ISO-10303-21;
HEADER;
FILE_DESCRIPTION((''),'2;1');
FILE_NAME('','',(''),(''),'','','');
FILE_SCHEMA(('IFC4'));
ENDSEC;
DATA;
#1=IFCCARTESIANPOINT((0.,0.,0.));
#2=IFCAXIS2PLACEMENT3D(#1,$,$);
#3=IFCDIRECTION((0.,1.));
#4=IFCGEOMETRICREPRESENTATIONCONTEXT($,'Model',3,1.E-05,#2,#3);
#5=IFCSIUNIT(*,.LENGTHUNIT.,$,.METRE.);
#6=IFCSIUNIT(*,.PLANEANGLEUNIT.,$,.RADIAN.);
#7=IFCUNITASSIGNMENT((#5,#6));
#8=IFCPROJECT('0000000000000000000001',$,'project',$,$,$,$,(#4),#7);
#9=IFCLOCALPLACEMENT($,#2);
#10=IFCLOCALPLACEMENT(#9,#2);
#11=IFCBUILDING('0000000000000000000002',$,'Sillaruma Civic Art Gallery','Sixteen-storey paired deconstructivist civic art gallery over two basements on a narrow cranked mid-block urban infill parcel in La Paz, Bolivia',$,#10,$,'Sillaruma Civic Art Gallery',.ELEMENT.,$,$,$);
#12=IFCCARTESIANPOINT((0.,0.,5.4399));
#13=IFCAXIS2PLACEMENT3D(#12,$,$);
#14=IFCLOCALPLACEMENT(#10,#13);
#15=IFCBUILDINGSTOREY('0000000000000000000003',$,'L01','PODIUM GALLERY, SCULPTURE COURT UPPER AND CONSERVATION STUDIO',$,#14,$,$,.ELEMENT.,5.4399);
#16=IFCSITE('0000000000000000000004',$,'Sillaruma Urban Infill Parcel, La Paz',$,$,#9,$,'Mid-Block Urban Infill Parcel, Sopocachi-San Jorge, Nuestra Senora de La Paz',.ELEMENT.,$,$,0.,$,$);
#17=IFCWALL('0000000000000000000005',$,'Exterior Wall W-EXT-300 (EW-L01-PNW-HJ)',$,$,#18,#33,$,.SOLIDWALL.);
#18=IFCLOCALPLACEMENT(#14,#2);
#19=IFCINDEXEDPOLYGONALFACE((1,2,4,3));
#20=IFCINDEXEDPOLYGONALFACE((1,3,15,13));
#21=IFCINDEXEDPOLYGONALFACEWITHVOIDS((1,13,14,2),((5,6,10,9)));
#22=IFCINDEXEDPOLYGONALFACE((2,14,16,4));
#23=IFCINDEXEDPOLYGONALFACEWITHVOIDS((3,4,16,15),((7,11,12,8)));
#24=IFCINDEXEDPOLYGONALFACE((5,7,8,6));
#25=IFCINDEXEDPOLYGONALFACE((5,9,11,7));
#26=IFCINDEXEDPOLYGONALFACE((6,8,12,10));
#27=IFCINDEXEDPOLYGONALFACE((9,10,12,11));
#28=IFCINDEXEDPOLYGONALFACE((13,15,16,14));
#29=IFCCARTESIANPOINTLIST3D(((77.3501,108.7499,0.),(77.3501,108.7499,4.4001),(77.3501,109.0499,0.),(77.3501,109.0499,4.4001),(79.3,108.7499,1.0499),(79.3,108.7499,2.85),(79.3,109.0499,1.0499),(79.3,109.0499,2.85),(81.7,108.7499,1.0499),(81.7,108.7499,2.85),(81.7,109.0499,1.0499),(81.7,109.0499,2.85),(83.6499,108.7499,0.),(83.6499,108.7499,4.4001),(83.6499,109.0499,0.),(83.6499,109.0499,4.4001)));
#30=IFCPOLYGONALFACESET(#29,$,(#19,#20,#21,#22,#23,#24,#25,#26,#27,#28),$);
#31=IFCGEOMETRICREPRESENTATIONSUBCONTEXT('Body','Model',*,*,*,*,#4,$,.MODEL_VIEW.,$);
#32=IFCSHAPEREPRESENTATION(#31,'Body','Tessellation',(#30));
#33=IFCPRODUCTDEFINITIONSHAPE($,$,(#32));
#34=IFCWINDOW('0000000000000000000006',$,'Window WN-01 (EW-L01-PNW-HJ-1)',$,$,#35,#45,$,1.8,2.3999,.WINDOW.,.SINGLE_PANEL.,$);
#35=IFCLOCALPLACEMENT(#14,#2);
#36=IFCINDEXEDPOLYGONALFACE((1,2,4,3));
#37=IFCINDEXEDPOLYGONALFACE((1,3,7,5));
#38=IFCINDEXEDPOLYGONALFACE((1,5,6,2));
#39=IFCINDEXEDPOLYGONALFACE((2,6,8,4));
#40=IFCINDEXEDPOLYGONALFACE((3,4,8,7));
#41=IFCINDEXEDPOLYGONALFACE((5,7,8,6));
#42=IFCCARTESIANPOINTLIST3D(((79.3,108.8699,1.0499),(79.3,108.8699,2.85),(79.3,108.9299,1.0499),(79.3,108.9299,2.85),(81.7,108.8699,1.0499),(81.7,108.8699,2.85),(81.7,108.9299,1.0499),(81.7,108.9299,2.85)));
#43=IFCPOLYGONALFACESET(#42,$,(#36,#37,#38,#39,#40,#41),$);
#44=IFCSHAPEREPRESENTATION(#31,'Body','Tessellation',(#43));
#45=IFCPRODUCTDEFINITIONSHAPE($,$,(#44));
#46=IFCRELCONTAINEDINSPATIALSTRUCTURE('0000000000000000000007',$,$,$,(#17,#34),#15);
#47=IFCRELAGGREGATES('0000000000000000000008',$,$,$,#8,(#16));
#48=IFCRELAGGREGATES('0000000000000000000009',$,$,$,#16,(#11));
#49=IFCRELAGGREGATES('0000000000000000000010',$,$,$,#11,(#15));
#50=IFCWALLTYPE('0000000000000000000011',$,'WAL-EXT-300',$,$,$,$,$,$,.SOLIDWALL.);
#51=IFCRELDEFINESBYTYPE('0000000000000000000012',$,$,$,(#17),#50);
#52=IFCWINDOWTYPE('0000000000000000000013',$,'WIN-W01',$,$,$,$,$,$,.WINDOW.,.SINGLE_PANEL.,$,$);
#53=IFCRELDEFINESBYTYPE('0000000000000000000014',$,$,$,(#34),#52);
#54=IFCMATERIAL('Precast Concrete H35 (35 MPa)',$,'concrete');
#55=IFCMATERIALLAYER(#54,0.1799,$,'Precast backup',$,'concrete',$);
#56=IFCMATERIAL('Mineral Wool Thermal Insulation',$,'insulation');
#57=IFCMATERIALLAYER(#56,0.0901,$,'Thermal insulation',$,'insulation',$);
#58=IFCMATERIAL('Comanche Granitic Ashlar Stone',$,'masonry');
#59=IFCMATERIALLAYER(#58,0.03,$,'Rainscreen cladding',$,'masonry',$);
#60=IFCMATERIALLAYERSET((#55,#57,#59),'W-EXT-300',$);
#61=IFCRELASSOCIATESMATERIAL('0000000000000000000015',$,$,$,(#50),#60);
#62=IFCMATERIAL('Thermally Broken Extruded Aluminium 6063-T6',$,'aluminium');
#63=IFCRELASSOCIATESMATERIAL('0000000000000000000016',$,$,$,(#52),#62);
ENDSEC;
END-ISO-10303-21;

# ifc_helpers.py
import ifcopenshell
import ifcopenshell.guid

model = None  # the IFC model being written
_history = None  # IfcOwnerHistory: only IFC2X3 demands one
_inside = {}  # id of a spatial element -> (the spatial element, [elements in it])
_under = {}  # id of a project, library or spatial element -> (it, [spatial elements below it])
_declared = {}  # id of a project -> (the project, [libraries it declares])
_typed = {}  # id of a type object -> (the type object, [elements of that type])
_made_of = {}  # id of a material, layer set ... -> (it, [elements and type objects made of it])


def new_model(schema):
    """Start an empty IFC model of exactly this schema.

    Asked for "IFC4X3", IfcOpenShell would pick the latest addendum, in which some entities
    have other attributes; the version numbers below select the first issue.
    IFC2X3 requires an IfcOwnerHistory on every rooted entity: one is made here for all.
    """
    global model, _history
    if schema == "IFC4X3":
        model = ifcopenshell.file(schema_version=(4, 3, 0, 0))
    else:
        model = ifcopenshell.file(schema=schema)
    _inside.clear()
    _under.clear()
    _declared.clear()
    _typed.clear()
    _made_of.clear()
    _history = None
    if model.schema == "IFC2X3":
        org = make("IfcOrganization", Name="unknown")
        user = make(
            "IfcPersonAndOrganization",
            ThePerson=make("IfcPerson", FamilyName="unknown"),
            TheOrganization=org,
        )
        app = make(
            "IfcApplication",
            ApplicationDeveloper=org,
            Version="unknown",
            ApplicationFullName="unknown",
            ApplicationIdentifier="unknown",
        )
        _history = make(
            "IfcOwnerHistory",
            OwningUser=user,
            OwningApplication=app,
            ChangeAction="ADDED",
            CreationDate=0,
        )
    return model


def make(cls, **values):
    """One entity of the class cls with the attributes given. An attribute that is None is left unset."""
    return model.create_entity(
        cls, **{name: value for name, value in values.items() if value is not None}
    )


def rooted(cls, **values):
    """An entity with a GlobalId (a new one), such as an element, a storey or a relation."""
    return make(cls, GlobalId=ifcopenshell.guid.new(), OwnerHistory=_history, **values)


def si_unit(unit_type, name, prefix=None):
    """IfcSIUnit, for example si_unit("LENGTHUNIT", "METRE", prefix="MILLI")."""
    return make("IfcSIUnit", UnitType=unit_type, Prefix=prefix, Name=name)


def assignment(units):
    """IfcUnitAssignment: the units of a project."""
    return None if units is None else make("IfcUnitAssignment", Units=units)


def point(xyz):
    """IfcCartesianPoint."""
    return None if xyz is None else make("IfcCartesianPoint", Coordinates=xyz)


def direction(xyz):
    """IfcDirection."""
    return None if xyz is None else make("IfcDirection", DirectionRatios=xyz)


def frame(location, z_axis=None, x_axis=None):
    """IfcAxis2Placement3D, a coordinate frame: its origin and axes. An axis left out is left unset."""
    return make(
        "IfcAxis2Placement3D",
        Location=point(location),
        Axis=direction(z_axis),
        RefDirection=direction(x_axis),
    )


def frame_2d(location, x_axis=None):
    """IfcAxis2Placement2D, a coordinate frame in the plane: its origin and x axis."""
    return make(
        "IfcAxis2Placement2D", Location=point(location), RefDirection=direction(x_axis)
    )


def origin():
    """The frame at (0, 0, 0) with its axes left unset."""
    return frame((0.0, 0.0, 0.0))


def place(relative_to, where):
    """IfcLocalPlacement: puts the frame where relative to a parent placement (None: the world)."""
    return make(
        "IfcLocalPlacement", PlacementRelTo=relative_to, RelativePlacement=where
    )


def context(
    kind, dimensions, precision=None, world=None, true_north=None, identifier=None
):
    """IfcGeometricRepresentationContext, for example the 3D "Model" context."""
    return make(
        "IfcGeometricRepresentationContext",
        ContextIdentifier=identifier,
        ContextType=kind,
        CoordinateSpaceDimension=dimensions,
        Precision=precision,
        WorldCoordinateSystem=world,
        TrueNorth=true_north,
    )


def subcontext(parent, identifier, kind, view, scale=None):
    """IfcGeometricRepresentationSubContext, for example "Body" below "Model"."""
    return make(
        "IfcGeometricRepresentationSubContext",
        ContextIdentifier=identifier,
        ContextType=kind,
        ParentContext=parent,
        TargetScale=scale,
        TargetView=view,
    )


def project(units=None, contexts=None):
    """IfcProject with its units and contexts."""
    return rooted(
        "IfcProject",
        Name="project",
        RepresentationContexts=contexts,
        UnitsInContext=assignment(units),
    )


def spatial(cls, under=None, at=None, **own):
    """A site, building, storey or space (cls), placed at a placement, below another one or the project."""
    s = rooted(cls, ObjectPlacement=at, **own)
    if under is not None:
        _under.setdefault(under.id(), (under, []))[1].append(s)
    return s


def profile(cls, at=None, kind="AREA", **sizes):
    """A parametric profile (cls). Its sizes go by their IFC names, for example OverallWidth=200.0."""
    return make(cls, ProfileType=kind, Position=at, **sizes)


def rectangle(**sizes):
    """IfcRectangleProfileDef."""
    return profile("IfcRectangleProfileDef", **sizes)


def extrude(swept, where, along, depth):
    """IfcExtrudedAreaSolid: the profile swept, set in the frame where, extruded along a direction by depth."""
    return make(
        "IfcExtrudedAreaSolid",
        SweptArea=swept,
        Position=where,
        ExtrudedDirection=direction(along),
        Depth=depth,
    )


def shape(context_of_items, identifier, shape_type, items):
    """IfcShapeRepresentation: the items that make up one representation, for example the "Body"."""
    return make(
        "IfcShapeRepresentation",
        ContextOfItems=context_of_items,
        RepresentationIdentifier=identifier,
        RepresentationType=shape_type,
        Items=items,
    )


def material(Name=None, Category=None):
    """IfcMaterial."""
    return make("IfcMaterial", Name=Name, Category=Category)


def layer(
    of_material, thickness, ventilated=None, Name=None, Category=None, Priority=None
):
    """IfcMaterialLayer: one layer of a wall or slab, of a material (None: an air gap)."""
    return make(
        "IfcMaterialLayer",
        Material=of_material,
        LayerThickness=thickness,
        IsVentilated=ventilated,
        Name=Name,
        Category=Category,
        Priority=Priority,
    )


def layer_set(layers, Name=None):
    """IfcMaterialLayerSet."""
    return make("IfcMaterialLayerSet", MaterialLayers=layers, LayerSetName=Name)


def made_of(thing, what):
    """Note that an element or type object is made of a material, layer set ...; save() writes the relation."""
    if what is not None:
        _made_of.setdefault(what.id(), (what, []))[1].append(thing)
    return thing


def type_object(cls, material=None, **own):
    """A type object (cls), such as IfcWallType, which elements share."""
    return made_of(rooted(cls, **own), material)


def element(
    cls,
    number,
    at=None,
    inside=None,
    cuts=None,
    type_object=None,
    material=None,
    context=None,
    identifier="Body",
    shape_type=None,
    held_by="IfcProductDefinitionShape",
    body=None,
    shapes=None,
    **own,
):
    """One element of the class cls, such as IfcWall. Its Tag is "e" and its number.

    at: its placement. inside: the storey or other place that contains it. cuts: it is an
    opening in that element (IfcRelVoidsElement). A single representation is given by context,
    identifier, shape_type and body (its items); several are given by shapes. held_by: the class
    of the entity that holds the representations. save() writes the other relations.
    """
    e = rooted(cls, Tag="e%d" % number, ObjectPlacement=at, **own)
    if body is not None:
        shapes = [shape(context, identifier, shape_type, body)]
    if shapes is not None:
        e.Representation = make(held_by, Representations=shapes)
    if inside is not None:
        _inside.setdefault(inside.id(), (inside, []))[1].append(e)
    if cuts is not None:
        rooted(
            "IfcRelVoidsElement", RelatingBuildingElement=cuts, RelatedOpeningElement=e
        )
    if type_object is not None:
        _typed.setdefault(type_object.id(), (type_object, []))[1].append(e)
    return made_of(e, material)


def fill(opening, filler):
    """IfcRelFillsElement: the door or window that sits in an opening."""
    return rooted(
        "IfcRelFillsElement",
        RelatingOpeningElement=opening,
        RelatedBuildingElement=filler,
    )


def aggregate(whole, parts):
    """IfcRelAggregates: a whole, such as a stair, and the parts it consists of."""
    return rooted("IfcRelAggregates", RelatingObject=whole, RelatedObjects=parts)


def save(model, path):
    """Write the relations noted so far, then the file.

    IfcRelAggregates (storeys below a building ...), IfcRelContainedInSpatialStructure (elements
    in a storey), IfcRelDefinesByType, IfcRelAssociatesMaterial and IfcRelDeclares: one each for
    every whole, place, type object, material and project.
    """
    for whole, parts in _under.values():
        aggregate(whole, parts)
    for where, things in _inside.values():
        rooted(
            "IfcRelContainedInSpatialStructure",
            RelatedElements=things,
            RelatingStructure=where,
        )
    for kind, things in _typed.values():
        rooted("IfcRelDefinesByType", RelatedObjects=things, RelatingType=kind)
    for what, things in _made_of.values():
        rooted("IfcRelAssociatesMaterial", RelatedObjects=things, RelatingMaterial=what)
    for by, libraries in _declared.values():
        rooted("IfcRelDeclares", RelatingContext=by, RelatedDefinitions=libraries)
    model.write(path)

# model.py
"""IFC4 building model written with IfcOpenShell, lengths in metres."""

from ifc_helpers import new_model, si_unit, direction, frame, frame_2d, origin, place, context, subcontext, project, spatial, rectangle, extrude, material, layer, layer_set, type_object, element, fill, save


model = new_model("IFC4")

# Units and contexts
model_context = context("Model", 3, precision=1e-05, world=origin(), true_north=direction((0.0, 1.0)))
body_context = subcontext(model_context, "Body", "Model", "MODEL_VIEW")
ifc_project = project(units=[si_unit("LENGTHUNIT", "METRE"), si_unit("PLANEANGLEUNIT", "RADIAN")], contexts=[model_context])

# Site, building, storey
site_placement = place(None, origin())
site = spatial("IfcSite", under=ifc_project, at=site_placement, Name="Sillaruma Urban Infill Parcel, La Paz", LongName="Mid-Block Urban Infill Parcel, Sopocachi-San Jorge, Nuestra Senora de La Paz", CompositionType="ELEMENT", RefElevation=0.0)
building_placement = place(site_placement, origin())
building = spatial("IfcBuilding", under=site, at=building_placement, Name="Sillaruma Civic Art Gallery", Description="Sixteen-storey paired deconstructivist civic art gallery over two basements on a narrow cranked mid-block urban infill parcel in La Paz, Bolivia", LongName="Sillaruma Civic Art Gallery", CompositionType="ELEMENT")
storey_placement = place(building_placement, frame((0.0, 0.0, 5.4399)))
storey = spatial("IfcBuildingStorey", under=building, at=storey_placement, Name="L01", Description="PODIUM GALLERY, SCULPTURE COURT UPPER AND CONSERVATION STUDIO", CompositionType="ELEMENT", Elevation=5.4399)

# Shared definitions
ifc_material_1 = material(Name="Precast Concrete H35 (35 MPa)", Category="concrete")
ifc_layer_1 = layer(ifc_material_1, 0.1799, Name="Precast backup", Category="concrete")
ifc_material_2 = material(Name="Mineral Wool Thermal Insulation", Category="insulation")
ifc_layer_2 = layer(ifc_material_2, 0.0901, Name="Thermal insulation", Category="insulation")
ifc_material_3 = material(Name="Comanche Granitic Ashlar Stone", Category="masonry")
ifc_layer_3 = layer(ifc_material_3, 0.03, Name="Rainscreen cladding", Category="masonry")
ifc_layer_set = layer_set([ifc_layer_1, ifc_layer_2, ifc_layer_3], Name="W-EXT-300")
wall_type = type_object("IfcWallType", Name="WAL-EXT-300", PredefinedType="SOLIDWALL", material=ifc_layer_set)
ifc_material_4 = material(Name="Thermally Broken Extruded Aluminium 6063-T6", Category="aluminium")

# Wall, opening, window
wall_1_placement = place(storey_placement, frame((77.3501, 108.8999, 0.0), z_axis=(0.0, 0.0, 1.0), x_axis=(1.0, 0.0, 0.0)))
wall_1 = element("IfcWall", 1, at=wall_1_placement, inside=storey, type_object=wall_type, Name="Exterior Wall W-EXT-300 (EW-L01-PNW-HJ)", PredefinedType="SOLIDWALL", context=body_context, shape_type="SweptSolid", body=[
    extrude(rectangle(XDim=6.2998, YDim=0.3, at=frame_2d((3.1499, 0.0))), origin(), (0.0, 0.0, 1.0), 4.4001),
])
opening_1_placement = place(wall_1_placement, frame((1.95, 0.0, 1.05)))
opening_1 = element("IfcOpeningElement", 2, at=opening_1_placement, cuts=wall_1, PredefinedType="OPENING", context=body_context, shape_type="SweptSolid", body=[
    extrude(rectangle(XDim=2.3999, YDim=1.8, at=frame_2d((1.2, 0.8999))), frame((0.0, 0.1599, 0.0), z_axis=(0.0, -1.0, 0.0), x_axis=(1.0, 0.0, 0.0)), (0.0, 0.0, 1.0), 0.3201),
])
window_type_1 = type_object("IfcWindowType", Name="WIN-W01", PartitioningType="SINGLE_PANEL", PredefinedType="WINDOW", material=ifc_material_4)
window_1_placement = place(opening_1_placement, origin())
window_1 = element("IfcWindow", 3, at=window_1_placement, inside=storey, type_object=window_type_1, Name="Window WN-01 (EW-L01-PNW-HJ-1)", OverallHeight=1.8, OverallWidth=2.3999, PartitioningType="SINGLE_PANEL", PredefinedType="WINDOW", context=body_context, shape_type="SweptSolid", body=[
    extrude(rectangle(XDim=2.3999, YDim=1.8, at=frame_2d((1.2, 0.8999))), frame((0.0, 0.03, 0.0), z_axis=(0.0, -1.0, 0.0), x_axis=(1.0, 0.0, 0.0)), (0.0, 0.0, 1.0), 0.0601),
])
fill(opening_1, window_1)

save(model, "model.ifc")
